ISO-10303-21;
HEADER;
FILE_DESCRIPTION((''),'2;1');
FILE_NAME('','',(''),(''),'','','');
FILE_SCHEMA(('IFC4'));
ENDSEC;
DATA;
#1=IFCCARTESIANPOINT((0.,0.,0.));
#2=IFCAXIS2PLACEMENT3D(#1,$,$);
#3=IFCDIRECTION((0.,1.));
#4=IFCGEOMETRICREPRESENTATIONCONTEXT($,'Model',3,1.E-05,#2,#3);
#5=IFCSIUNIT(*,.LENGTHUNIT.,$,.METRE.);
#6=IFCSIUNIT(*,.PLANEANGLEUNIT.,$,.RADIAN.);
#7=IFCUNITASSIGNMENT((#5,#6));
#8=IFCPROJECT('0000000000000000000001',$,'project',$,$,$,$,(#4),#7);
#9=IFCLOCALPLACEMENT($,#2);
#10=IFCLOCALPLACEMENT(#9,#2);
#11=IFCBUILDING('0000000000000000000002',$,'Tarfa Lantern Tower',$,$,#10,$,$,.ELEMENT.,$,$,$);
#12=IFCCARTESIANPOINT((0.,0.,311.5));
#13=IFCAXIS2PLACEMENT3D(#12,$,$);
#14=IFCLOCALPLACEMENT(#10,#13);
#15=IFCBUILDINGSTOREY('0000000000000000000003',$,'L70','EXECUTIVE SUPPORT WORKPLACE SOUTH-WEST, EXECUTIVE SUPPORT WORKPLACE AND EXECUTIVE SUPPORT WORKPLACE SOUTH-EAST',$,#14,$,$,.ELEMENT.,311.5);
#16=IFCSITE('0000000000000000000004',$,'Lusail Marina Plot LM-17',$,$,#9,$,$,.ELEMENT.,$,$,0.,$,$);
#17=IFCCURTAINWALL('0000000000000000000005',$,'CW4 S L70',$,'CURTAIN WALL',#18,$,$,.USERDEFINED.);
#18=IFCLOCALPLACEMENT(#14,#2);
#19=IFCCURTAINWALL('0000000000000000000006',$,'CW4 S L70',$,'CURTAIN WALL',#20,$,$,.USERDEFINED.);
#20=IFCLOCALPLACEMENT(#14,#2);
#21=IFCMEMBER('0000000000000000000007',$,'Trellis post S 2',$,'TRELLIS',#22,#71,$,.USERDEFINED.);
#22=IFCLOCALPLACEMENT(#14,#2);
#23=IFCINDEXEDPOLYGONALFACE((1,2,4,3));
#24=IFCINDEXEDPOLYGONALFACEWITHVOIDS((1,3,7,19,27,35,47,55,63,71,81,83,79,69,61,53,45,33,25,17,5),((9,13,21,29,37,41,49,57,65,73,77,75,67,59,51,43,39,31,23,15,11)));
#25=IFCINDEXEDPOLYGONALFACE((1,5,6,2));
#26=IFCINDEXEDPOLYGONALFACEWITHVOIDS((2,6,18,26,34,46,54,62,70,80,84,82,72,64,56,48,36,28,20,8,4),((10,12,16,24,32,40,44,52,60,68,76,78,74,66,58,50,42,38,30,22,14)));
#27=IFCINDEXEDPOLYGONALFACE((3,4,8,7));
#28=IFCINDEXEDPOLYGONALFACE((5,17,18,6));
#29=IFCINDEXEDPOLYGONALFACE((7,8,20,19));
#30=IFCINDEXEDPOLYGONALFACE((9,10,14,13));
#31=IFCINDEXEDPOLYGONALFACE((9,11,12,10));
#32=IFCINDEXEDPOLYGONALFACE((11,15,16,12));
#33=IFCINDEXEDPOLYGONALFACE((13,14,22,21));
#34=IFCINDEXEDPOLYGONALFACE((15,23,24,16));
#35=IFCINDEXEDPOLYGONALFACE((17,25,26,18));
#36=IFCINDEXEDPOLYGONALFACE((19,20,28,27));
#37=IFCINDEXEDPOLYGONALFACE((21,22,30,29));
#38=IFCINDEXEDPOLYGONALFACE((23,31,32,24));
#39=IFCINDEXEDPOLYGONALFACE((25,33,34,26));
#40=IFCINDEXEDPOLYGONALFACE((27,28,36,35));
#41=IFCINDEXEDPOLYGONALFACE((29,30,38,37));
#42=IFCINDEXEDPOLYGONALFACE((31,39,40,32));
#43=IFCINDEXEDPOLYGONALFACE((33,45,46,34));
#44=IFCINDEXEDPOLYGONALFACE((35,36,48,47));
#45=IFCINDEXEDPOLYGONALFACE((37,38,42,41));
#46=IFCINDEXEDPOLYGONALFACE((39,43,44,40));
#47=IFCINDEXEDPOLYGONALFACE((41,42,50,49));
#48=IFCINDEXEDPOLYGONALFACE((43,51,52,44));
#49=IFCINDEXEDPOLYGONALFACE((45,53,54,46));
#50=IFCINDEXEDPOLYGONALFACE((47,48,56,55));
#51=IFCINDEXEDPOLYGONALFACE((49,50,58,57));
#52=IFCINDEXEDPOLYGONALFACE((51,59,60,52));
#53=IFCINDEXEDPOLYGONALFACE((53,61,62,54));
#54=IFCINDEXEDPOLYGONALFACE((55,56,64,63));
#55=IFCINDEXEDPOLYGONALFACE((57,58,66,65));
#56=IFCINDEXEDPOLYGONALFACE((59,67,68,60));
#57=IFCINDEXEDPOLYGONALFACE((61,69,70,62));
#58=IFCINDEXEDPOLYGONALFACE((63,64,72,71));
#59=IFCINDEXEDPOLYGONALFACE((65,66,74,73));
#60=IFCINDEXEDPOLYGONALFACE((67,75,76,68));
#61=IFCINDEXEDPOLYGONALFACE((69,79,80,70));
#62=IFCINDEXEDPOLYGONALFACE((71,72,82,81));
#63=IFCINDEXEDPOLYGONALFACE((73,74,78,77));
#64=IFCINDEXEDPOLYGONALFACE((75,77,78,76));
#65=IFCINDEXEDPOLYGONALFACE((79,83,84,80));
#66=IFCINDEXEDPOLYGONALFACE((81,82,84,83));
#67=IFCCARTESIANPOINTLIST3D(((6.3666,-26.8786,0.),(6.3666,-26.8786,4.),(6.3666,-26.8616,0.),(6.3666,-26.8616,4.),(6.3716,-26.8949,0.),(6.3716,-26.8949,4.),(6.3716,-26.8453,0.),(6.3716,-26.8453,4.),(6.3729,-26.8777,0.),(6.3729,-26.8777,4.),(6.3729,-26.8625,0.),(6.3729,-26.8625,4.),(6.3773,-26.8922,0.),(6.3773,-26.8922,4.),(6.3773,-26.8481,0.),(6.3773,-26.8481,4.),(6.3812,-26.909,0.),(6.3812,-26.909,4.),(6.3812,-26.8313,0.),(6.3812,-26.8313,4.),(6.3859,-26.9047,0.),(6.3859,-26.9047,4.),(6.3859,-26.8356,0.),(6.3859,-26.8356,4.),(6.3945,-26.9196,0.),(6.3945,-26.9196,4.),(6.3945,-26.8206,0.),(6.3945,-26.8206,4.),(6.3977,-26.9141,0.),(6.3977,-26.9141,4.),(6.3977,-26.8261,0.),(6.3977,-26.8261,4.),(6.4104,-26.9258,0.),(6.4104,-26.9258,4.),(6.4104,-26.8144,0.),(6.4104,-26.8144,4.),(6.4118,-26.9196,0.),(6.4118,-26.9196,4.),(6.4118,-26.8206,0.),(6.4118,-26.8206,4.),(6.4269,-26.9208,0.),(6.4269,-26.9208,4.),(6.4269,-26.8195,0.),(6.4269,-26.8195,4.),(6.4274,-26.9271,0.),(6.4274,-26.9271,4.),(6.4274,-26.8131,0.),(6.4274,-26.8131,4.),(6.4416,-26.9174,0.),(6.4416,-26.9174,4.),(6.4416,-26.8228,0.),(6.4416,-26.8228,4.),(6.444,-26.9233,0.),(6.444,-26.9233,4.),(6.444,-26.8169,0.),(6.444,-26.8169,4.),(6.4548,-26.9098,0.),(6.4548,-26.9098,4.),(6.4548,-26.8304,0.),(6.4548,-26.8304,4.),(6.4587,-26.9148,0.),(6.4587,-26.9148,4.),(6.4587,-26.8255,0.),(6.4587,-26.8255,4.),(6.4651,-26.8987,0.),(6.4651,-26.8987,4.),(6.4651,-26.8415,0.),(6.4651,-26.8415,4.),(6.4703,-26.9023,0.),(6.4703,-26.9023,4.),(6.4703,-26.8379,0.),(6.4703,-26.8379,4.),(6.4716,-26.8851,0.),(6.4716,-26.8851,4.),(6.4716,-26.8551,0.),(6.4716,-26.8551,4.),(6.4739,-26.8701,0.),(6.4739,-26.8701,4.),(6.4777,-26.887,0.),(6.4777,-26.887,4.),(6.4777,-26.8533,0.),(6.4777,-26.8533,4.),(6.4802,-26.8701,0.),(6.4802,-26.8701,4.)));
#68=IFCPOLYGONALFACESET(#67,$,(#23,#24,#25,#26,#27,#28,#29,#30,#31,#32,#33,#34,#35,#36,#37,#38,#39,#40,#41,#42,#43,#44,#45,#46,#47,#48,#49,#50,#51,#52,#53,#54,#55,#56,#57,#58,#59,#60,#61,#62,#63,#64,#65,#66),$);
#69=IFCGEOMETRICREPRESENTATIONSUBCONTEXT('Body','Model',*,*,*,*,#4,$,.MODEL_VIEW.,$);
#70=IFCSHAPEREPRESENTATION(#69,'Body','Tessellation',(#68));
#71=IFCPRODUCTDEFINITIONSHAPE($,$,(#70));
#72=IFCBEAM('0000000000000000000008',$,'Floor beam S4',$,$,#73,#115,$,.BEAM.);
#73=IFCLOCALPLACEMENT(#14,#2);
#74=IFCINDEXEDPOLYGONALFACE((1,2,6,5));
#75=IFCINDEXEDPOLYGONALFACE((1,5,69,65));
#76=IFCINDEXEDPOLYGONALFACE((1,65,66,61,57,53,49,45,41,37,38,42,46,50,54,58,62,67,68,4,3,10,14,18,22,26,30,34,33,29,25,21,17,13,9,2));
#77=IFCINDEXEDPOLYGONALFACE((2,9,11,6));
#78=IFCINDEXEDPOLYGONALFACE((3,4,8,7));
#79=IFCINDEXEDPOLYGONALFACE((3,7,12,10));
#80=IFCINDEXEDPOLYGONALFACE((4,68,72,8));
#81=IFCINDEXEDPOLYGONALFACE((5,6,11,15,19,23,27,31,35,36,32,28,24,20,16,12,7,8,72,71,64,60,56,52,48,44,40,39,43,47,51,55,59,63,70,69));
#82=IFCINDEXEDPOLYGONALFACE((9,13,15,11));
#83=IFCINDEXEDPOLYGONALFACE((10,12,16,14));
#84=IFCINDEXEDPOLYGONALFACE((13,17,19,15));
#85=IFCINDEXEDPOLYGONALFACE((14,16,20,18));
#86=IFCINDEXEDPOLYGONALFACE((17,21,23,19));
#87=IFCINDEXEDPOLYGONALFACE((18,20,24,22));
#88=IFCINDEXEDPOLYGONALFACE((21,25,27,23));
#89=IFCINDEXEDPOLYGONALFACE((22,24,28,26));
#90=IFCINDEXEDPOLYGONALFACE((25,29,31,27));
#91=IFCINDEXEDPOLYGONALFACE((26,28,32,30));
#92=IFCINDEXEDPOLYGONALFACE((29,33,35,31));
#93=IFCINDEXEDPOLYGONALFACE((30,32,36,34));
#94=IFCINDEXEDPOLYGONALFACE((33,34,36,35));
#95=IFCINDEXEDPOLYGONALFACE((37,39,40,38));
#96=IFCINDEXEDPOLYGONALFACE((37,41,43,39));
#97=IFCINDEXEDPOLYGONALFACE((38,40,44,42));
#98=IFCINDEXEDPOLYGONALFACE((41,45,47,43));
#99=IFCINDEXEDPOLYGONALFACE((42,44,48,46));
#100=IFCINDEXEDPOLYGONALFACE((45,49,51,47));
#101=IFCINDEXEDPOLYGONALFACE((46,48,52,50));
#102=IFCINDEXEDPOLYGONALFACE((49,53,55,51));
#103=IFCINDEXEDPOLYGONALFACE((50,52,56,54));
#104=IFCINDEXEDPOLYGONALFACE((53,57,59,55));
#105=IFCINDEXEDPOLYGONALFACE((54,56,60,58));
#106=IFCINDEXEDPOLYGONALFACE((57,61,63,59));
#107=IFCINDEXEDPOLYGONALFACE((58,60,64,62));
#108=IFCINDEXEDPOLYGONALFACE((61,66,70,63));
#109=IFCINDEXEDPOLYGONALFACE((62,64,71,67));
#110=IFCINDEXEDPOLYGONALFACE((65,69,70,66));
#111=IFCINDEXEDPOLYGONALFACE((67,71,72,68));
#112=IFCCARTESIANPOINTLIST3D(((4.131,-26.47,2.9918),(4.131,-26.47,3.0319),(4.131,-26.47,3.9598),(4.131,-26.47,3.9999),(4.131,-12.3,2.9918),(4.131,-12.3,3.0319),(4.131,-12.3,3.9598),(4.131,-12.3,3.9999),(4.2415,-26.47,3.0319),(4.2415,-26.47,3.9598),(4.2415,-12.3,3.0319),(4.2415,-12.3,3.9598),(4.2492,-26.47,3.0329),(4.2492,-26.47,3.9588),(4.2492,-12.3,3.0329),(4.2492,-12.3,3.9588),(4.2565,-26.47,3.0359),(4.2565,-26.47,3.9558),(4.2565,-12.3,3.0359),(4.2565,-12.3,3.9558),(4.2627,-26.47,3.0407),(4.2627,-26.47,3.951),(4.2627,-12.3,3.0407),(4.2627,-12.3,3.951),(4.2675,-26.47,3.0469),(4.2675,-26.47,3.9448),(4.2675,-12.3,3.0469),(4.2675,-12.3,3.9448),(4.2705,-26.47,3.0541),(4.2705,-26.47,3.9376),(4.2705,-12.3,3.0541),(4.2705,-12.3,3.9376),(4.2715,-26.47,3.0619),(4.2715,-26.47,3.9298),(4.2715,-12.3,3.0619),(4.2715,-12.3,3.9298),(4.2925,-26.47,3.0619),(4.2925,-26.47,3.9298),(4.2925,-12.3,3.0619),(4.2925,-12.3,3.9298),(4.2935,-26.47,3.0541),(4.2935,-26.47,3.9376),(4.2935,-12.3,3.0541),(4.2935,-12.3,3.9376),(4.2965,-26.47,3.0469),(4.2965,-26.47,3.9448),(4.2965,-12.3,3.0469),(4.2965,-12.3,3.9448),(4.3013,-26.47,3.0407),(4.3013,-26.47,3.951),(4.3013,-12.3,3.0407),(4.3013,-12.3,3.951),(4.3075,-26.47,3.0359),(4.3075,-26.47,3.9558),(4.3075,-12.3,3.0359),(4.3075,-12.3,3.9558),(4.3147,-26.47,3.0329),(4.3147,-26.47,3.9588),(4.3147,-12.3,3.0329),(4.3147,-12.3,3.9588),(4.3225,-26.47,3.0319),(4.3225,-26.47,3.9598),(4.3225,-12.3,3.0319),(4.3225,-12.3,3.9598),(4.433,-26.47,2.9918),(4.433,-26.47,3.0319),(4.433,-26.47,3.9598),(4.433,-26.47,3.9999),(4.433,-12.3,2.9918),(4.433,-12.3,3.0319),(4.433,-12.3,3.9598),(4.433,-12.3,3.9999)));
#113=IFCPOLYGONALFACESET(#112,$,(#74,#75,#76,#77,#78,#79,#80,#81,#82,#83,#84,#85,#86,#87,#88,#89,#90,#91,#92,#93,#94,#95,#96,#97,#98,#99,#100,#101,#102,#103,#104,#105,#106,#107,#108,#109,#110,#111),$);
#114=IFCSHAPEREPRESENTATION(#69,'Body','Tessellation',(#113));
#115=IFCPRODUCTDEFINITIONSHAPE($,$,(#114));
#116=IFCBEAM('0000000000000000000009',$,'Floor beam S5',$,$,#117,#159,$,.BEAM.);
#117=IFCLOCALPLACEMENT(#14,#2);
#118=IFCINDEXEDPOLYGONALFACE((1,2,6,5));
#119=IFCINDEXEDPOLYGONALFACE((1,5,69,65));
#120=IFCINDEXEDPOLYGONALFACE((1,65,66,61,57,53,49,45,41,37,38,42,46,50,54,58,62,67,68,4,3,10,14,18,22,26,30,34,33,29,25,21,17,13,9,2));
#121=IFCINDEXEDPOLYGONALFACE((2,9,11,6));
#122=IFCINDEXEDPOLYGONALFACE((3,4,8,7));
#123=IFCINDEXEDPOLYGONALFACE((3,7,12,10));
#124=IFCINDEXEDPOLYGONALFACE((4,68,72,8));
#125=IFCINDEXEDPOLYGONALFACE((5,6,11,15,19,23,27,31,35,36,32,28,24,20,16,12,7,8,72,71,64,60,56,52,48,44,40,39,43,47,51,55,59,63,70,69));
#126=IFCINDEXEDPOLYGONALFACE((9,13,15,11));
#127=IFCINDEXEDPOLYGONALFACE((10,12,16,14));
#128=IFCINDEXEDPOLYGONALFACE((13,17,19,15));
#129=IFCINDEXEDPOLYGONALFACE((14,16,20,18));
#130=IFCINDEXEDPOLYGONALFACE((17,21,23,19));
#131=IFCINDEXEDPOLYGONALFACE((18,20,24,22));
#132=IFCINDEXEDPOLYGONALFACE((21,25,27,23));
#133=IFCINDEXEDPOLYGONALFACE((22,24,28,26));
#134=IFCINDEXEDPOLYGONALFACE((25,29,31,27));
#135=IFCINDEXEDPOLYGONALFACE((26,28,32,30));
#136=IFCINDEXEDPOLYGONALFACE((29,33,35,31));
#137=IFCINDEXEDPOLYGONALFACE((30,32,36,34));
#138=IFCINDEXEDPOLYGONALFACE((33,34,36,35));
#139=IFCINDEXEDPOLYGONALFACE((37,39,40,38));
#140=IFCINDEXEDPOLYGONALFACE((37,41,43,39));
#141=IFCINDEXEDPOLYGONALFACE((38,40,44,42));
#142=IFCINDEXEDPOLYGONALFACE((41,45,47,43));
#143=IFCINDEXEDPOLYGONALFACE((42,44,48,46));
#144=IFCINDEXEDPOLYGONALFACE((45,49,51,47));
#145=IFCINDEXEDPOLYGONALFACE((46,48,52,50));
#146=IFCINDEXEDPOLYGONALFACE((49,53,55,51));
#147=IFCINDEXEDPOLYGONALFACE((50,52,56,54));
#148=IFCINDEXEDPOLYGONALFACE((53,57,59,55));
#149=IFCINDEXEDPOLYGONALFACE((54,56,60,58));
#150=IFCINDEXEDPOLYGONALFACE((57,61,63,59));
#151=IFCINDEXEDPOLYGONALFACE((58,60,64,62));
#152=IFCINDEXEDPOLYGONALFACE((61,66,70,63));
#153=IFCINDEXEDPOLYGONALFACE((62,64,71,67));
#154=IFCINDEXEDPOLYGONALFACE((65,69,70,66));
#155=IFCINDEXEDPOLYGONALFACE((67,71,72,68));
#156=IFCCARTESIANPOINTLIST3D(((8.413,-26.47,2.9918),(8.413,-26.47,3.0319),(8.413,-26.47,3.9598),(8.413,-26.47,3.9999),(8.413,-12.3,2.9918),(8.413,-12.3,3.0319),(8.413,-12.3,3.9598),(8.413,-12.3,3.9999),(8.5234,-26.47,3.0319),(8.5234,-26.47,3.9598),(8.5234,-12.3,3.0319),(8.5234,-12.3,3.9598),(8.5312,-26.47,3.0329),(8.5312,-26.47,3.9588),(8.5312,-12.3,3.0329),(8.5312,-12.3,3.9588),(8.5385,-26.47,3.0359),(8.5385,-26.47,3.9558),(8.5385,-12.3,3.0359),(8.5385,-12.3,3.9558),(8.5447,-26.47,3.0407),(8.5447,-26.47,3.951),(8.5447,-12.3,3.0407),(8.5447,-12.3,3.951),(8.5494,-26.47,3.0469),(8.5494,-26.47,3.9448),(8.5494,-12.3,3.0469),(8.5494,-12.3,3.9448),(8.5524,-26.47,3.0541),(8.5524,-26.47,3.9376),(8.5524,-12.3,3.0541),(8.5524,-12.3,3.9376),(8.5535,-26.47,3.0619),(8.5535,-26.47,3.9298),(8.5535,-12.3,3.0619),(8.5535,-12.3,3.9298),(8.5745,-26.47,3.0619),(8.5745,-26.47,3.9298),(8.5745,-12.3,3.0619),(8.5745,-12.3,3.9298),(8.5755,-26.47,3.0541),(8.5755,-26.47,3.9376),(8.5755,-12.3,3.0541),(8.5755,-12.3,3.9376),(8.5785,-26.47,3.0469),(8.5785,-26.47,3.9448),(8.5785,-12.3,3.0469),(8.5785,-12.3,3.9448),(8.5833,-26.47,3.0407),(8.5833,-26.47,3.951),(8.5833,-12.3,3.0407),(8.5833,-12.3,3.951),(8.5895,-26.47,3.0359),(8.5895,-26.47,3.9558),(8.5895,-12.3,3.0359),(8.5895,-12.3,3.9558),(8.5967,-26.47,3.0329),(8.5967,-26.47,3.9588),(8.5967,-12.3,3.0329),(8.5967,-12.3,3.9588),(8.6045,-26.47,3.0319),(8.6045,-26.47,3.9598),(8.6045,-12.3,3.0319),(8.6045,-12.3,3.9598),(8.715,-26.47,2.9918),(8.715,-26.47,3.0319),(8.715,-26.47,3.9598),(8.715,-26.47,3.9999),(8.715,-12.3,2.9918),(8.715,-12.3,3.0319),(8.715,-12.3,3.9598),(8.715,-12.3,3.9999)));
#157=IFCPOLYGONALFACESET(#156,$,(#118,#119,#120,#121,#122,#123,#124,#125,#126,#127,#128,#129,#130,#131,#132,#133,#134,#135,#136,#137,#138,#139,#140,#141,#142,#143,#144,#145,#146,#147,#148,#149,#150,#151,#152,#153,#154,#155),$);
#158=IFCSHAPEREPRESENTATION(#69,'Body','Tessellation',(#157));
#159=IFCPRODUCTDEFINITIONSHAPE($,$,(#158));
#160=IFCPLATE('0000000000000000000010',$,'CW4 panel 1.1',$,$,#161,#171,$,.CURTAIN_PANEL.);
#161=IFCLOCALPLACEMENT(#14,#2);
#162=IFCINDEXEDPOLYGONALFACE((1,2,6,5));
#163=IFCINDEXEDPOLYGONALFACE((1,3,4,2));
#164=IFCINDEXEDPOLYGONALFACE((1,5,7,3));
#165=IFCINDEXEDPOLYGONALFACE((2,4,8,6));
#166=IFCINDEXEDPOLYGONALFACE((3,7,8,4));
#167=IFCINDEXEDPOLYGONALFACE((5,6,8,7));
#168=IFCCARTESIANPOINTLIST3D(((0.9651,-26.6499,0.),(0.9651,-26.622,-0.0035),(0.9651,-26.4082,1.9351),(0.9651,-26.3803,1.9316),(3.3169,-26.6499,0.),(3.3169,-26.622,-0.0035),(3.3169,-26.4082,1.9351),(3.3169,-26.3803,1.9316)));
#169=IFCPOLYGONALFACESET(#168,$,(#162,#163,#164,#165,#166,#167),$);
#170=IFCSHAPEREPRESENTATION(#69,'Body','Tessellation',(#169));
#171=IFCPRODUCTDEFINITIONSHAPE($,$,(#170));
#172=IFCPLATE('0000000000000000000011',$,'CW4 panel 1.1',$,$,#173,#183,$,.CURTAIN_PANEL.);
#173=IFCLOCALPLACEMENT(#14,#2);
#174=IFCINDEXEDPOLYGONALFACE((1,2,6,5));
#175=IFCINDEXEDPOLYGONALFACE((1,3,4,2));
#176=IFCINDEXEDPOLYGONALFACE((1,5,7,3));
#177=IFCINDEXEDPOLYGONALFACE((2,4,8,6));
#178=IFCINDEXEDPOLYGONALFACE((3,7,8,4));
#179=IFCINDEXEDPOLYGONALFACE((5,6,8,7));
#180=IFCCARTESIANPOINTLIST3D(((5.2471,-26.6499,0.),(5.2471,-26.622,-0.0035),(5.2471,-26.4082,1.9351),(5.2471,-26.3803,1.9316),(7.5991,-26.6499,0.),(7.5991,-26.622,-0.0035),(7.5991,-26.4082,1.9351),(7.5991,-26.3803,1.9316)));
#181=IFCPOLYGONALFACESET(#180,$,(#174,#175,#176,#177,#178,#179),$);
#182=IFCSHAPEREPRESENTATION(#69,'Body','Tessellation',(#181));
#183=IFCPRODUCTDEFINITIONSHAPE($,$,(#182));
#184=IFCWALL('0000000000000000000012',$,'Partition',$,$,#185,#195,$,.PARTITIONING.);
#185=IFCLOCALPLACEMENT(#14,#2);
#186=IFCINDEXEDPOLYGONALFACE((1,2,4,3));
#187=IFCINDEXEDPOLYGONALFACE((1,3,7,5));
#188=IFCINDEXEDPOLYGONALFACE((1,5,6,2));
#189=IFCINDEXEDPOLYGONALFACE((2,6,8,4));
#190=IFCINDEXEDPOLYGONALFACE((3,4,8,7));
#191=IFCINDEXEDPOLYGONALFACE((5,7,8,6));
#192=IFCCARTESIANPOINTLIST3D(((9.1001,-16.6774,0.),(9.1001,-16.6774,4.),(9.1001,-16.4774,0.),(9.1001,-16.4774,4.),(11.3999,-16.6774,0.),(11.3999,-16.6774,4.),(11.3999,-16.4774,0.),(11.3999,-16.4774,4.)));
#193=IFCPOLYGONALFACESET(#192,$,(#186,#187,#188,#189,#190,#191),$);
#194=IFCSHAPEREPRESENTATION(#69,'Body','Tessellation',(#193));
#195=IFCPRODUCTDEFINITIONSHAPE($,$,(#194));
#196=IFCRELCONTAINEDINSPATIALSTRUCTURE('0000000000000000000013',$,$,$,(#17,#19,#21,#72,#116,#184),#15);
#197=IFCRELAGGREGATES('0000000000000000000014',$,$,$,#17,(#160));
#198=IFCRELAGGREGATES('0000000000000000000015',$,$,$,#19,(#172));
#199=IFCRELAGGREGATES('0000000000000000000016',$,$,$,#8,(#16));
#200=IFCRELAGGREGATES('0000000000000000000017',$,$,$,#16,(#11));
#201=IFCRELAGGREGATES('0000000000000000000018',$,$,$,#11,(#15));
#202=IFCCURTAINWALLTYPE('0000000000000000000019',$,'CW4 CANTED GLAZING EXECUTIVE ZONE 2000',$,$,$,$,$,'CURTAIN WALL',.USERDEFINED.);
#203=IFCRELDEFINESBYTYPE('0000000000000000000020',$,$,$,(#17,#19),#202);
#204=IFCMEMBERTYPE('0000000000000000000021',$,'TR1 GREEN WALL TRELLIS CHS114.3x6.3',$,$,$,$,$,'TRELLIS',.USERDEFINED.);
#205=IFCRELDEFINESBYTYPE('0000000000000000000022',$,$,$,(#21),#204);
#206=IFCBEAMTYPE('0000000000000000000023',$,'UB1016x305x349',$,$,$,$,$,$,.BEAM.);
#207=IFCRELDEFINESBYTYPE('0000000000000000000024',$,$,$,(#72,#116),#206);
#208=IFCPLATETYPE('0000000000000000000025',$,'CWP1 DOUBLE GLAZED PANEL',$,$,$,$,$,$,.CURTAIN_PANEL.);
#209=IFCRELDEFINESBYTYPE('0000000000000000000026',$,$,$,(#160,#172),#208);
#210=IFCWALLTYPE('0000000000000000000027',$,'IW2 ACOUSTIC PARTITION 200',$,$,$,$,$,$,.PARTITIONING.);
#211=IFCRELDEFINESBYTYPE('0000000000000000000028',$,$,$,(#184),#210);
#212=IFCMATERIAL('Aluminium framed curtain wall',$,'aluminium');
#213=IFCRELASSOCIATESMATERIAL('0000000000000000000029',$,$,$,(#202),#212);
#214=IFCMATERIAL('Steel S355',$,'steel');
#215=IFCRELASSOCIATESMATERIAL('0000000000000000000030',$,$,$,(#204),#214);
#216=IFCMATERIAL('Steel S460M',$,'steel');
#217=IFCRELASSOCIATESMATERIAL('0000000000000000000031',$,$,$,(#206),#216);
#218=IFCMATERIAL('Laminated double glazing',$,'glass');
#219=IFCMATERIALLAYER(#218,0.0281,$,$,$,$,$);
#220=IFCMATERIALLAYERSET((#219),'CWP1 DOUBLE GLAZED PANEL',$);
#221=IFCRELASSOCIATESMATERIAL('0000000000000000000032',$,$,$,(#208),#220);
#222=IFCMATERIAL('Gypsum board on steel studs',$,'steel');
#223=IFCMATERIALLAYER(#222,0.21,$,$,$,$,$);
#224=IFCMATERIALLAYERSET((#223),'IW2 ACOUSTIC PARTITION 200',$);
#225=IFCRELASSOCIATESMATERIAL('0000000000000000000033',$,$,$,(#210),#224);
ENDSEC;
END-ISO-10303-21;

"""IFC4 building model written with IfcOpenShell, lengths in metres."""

from ifc_helpers import new_model, si_unit, direction, frame, frame_2d, origin, origin_2d, place, context, subcontext, project, spatial, polyline, rectangle, hollow_circle, i_section, outline, extrude, material, layer, layer_set, material_profile, profile_set, type_object, element, aggregate, save


model = new_model("IFC4")

# Units and contexts
model_context = context("Model", 3, precision=1e-05, world=origin(), true_north=direction((0.0, 1.0)))
body_context = subcontext(model_context, "Body", "Model", "MODEL_VIEW")
ifc_project = project(units=[si_unit("LENGTHUNIT", "METRE"), si_unit("PLANEANGLEUNIT", "RADIAN")], contexts=[model_context])

# Site, building, storey
site_placement = place(None, origin())
site = spatial("IfcSite", under=ifc_project, at=site_placement, Name="Lusail Marina Plot LM-17", CompositionType="ELEMENT", RefElevation=0.0)
building_placement = place(site_placement, origin())
building = spatial("IfcBuilding", under=site, at=building_placement, Name="Tarfa Lantern Tower", CompositionType="ELEMENT")
storey_placement = place(building_placement, frame((0.0, 0.0, 311.5)))
storey = spatial("IfcBuildingStorey", under=building, at=storey_placement, Name="L70", Description="EXECUTIVE SUPPORT WORKPLACE SOUTH-WEST, EXECUTIVE SUPPORT WORKPLACE AND EXECUTIVE SUPPORT WORKPLACE SOUTH-EAST", CompositionType="ELEMENT", Elevation=311.5)

# Shared definitions
ifc_material_1 = material(Name="Steel S460M", Category="steel")

# Curtain walls
ifc_material_2 = material(Name="Aluminium framed curtain wall", Category="aluminium")
curtain_wall_type = type_object("IfcCurtainWallType", Name="CW4 CANTED GLAZING EXECUTIVE ZONE 2000", ElementType="CURTAIN WALL", PredefinedType="USERDEFINED", material=ifc_material_2)
curtain_wall_1_placement = place(storey_placement, origin())
curtain_wall_1 = element("IfcCurtainWall", 1, at=curtain_wall_1_placement, inside=storey, type_object=curtain_wall_type, Name="CW4 S L70", ObjectType="CURTAIN WALL", PredefinedType="USERDEFINED")
curtain_wall_2_placement = place(storey_placement, origin())
curtain_wall_2 = element("IfcCurtainWall", 2, at=curtain_wall_2_placement, inside=storey, type_object=curtain_wall_type, Name="CW4 S L70", ObjectType="CURTAIN WALL", PredefinedType="USERDEFINED")

# Member
ifc_material_3 = material(Name="Steel S355", Category="steel")
ifc_material_profile_1 = material_profile(ifc_material_3, hollow_circle(Radius=0.0571, WallThickness=0.0063, at=origin_2d()), Name="CHS114.3x6.3")
ifc_profile_set_1 = profile_set([ifc_material_profile_1], Name="Steel S355")
member_type_1 = type_object("IfcMemberType", Name="TR1 GREEN WALL TRELLIS CHS114.3x6.3", ElementType="TRELLIS", PredefinedType="USERDEFINED", material=ifc_profile_set_1)
member_1_placement = place(storey_placement, frame((6.4231, -26.8701, 0.0), z_axis=(0.0, 0.0, 1.0), x_axis=(1.0, 0.0, 0.0)))
element("IfcMember", 3, at=member_1_placement, inside=storey, type_object=member_type_1, Name="Trellis post S 2", ObjectType="TRELLIS", PredefinedType="USERDEFINED", context=body_context, shape_type="SweptSolid", body=[
    extrude(hollow_circle(Radius=0.0571, WallThickness=0.0063, at=origin_2d()), origin(), (0.0, 0.0, 1.0), 4.0),
])

# Beams
ifc_material_profile_2 = material_profile(ifc_material_1, i_section(OverallWidth=0.302, OverallDepth=1.0081, WebThickness=0.021, FlangeThickness=0.04, FilletRadius=0.03, at=origin_2d()), Name="UB1016x305x349")
ifc_profile_set_2 = profile_set([ifc_material_profile_2], Name="Steel S460M")
beam_type_1 = type_object("IfcBeamType", Name="UB1016x305x349", PredefinedType="BEAM", material=ifc_profile_set_2)
for number, where, z_axis, x_axis, name in (
    (4, (4.282, -26.47, 3.4958), (0.0, 1.0, 0.0), (-1.0, 0.0, 0.0), "Floor beam S4"),
    (5, (8.564, -26.47, 3.4958), (0.0, 1.0, 0.0), (-1.0, 0.0, 0.0), "Floor beam S5"),
):
    element("IfcBeam", number, at=place(storey_placement, frame(where, z_axis=z_axis, x_axis=x_axis)), inside=storey, type_object=beam_type_1, Name=name, PredefinedType="BEAM", context=body_context, shape_type="SweptSolid", body=[
        extrude(i_section(OverallWidth=0.302, OverallDepth=1.0081, WebThickness=0.021, FlangeThickness=0.04, FilletRadius=0.03, at=origin_2d()), origin(), (0.0, 0.0, 1.0), 14.1699),
    ])

# Plates
ifc_material_4 = material(Name="Laminated double glazing", Category="glass")
ifc_layer_1 = layer(ifc_material_4, 0.0281)
ifc_layer_set_1 = layer_set([ifc_layer_1], Name="CWP1 DOUBLE GLAZED PANEL")
plate_type = type_object("IfcPlateType", Name="CWP1 DOUBLE GLAZED PANEL", PredefinedType="CURTAIN_PANEL", material=ifc_layer_set_1)
plate_1_placement = place(storey_placement, frame((0.9651, -26.6499, 0.0), z_axis=(0.0, -0.992289, 0.123942), x_axis=(1.0, 0.0, 0.0)))
plate_1 = element("IfcPlate", 6, at=plate_1_placement, type_object=plate_type, Name="CW4 panel 1.1", PredefinedType="CURTAIN_PANEL", context=body_context, shape_type="SweptSolid", body=[
    extrude(outline(polyline([(0.0, 0.0), (2.3518, 0.0), (2.3518, 1.9501), (0.0, 1.9501), (0.0, 0.0)])), origin(), (0.0, 0.0, -1.0), 0.0281),
])
aggregate(curtain_wall_1, [plate_1])
plate_2_placement = place(storey_placement, frame((5.2471, -26.6499, 0.0), z_axis=(0.0, -0.992289, 0.123942), x_axis=(1.0, 0.0, 0.0)))
plate_2 = element("IfcPlate", 7, at=plate_2_placement, type_object=plate_type, Name="CW4 panel 1.1", PredefinedType="CURTAIN_PANEL", context=body_context, shape_type="SweptSolid", body=[
    extrude(outline(polyline([(0.0, 0.0), (2.3521, 0.0), (2.3521, 1.9501), (0.0, 1.9501), (0.0, 0.0)])), origin(), (0.0, 0.0, -1.0), 0.0281),
])
aggregate(curtain_wall_2, [plate_2])

# Wall
ifc_material_5 = material(Name="Gypsum board on steel studs", Category="steel")
ifc_layer_2 = layer(ifc_material_5, 0.21)
ifc_layer_set_2 = layer_set([ifc_layer_2], Name="IW2 ACOUSTIC PARTITION 200")
wall_type = type_object("IfcWallType", Name="IW2 ACOUSTIC PARTITION 200", PredefinedType="PARTITIONING", material=ifc_layer_set_2)
for number, where, z_axis, x_axis, name in (
    (8, (9.1001, -16.5774, 0.0), (0.0, 0.0, 1.0), (1.0, 0.0, 0.0), "Partition"),
):
    element("IfcWall", number, at=place(storey_placement, frame(where, z_axis=z_axis, x_axis=x_axis)), inside=storey, type_object=wall_type, Name=name, PredefinedType="PARTITIONING", context=body_context, shape_type="SweptSolid", body=[
        extrude(rectangle(XDim=2.2998, YDim=0.2, at=frame_2d((1.1499, 0.0))), origin(), (0.0, 0.0, 1.0), 4.0),
    ])

save(model, "model.ifc")
